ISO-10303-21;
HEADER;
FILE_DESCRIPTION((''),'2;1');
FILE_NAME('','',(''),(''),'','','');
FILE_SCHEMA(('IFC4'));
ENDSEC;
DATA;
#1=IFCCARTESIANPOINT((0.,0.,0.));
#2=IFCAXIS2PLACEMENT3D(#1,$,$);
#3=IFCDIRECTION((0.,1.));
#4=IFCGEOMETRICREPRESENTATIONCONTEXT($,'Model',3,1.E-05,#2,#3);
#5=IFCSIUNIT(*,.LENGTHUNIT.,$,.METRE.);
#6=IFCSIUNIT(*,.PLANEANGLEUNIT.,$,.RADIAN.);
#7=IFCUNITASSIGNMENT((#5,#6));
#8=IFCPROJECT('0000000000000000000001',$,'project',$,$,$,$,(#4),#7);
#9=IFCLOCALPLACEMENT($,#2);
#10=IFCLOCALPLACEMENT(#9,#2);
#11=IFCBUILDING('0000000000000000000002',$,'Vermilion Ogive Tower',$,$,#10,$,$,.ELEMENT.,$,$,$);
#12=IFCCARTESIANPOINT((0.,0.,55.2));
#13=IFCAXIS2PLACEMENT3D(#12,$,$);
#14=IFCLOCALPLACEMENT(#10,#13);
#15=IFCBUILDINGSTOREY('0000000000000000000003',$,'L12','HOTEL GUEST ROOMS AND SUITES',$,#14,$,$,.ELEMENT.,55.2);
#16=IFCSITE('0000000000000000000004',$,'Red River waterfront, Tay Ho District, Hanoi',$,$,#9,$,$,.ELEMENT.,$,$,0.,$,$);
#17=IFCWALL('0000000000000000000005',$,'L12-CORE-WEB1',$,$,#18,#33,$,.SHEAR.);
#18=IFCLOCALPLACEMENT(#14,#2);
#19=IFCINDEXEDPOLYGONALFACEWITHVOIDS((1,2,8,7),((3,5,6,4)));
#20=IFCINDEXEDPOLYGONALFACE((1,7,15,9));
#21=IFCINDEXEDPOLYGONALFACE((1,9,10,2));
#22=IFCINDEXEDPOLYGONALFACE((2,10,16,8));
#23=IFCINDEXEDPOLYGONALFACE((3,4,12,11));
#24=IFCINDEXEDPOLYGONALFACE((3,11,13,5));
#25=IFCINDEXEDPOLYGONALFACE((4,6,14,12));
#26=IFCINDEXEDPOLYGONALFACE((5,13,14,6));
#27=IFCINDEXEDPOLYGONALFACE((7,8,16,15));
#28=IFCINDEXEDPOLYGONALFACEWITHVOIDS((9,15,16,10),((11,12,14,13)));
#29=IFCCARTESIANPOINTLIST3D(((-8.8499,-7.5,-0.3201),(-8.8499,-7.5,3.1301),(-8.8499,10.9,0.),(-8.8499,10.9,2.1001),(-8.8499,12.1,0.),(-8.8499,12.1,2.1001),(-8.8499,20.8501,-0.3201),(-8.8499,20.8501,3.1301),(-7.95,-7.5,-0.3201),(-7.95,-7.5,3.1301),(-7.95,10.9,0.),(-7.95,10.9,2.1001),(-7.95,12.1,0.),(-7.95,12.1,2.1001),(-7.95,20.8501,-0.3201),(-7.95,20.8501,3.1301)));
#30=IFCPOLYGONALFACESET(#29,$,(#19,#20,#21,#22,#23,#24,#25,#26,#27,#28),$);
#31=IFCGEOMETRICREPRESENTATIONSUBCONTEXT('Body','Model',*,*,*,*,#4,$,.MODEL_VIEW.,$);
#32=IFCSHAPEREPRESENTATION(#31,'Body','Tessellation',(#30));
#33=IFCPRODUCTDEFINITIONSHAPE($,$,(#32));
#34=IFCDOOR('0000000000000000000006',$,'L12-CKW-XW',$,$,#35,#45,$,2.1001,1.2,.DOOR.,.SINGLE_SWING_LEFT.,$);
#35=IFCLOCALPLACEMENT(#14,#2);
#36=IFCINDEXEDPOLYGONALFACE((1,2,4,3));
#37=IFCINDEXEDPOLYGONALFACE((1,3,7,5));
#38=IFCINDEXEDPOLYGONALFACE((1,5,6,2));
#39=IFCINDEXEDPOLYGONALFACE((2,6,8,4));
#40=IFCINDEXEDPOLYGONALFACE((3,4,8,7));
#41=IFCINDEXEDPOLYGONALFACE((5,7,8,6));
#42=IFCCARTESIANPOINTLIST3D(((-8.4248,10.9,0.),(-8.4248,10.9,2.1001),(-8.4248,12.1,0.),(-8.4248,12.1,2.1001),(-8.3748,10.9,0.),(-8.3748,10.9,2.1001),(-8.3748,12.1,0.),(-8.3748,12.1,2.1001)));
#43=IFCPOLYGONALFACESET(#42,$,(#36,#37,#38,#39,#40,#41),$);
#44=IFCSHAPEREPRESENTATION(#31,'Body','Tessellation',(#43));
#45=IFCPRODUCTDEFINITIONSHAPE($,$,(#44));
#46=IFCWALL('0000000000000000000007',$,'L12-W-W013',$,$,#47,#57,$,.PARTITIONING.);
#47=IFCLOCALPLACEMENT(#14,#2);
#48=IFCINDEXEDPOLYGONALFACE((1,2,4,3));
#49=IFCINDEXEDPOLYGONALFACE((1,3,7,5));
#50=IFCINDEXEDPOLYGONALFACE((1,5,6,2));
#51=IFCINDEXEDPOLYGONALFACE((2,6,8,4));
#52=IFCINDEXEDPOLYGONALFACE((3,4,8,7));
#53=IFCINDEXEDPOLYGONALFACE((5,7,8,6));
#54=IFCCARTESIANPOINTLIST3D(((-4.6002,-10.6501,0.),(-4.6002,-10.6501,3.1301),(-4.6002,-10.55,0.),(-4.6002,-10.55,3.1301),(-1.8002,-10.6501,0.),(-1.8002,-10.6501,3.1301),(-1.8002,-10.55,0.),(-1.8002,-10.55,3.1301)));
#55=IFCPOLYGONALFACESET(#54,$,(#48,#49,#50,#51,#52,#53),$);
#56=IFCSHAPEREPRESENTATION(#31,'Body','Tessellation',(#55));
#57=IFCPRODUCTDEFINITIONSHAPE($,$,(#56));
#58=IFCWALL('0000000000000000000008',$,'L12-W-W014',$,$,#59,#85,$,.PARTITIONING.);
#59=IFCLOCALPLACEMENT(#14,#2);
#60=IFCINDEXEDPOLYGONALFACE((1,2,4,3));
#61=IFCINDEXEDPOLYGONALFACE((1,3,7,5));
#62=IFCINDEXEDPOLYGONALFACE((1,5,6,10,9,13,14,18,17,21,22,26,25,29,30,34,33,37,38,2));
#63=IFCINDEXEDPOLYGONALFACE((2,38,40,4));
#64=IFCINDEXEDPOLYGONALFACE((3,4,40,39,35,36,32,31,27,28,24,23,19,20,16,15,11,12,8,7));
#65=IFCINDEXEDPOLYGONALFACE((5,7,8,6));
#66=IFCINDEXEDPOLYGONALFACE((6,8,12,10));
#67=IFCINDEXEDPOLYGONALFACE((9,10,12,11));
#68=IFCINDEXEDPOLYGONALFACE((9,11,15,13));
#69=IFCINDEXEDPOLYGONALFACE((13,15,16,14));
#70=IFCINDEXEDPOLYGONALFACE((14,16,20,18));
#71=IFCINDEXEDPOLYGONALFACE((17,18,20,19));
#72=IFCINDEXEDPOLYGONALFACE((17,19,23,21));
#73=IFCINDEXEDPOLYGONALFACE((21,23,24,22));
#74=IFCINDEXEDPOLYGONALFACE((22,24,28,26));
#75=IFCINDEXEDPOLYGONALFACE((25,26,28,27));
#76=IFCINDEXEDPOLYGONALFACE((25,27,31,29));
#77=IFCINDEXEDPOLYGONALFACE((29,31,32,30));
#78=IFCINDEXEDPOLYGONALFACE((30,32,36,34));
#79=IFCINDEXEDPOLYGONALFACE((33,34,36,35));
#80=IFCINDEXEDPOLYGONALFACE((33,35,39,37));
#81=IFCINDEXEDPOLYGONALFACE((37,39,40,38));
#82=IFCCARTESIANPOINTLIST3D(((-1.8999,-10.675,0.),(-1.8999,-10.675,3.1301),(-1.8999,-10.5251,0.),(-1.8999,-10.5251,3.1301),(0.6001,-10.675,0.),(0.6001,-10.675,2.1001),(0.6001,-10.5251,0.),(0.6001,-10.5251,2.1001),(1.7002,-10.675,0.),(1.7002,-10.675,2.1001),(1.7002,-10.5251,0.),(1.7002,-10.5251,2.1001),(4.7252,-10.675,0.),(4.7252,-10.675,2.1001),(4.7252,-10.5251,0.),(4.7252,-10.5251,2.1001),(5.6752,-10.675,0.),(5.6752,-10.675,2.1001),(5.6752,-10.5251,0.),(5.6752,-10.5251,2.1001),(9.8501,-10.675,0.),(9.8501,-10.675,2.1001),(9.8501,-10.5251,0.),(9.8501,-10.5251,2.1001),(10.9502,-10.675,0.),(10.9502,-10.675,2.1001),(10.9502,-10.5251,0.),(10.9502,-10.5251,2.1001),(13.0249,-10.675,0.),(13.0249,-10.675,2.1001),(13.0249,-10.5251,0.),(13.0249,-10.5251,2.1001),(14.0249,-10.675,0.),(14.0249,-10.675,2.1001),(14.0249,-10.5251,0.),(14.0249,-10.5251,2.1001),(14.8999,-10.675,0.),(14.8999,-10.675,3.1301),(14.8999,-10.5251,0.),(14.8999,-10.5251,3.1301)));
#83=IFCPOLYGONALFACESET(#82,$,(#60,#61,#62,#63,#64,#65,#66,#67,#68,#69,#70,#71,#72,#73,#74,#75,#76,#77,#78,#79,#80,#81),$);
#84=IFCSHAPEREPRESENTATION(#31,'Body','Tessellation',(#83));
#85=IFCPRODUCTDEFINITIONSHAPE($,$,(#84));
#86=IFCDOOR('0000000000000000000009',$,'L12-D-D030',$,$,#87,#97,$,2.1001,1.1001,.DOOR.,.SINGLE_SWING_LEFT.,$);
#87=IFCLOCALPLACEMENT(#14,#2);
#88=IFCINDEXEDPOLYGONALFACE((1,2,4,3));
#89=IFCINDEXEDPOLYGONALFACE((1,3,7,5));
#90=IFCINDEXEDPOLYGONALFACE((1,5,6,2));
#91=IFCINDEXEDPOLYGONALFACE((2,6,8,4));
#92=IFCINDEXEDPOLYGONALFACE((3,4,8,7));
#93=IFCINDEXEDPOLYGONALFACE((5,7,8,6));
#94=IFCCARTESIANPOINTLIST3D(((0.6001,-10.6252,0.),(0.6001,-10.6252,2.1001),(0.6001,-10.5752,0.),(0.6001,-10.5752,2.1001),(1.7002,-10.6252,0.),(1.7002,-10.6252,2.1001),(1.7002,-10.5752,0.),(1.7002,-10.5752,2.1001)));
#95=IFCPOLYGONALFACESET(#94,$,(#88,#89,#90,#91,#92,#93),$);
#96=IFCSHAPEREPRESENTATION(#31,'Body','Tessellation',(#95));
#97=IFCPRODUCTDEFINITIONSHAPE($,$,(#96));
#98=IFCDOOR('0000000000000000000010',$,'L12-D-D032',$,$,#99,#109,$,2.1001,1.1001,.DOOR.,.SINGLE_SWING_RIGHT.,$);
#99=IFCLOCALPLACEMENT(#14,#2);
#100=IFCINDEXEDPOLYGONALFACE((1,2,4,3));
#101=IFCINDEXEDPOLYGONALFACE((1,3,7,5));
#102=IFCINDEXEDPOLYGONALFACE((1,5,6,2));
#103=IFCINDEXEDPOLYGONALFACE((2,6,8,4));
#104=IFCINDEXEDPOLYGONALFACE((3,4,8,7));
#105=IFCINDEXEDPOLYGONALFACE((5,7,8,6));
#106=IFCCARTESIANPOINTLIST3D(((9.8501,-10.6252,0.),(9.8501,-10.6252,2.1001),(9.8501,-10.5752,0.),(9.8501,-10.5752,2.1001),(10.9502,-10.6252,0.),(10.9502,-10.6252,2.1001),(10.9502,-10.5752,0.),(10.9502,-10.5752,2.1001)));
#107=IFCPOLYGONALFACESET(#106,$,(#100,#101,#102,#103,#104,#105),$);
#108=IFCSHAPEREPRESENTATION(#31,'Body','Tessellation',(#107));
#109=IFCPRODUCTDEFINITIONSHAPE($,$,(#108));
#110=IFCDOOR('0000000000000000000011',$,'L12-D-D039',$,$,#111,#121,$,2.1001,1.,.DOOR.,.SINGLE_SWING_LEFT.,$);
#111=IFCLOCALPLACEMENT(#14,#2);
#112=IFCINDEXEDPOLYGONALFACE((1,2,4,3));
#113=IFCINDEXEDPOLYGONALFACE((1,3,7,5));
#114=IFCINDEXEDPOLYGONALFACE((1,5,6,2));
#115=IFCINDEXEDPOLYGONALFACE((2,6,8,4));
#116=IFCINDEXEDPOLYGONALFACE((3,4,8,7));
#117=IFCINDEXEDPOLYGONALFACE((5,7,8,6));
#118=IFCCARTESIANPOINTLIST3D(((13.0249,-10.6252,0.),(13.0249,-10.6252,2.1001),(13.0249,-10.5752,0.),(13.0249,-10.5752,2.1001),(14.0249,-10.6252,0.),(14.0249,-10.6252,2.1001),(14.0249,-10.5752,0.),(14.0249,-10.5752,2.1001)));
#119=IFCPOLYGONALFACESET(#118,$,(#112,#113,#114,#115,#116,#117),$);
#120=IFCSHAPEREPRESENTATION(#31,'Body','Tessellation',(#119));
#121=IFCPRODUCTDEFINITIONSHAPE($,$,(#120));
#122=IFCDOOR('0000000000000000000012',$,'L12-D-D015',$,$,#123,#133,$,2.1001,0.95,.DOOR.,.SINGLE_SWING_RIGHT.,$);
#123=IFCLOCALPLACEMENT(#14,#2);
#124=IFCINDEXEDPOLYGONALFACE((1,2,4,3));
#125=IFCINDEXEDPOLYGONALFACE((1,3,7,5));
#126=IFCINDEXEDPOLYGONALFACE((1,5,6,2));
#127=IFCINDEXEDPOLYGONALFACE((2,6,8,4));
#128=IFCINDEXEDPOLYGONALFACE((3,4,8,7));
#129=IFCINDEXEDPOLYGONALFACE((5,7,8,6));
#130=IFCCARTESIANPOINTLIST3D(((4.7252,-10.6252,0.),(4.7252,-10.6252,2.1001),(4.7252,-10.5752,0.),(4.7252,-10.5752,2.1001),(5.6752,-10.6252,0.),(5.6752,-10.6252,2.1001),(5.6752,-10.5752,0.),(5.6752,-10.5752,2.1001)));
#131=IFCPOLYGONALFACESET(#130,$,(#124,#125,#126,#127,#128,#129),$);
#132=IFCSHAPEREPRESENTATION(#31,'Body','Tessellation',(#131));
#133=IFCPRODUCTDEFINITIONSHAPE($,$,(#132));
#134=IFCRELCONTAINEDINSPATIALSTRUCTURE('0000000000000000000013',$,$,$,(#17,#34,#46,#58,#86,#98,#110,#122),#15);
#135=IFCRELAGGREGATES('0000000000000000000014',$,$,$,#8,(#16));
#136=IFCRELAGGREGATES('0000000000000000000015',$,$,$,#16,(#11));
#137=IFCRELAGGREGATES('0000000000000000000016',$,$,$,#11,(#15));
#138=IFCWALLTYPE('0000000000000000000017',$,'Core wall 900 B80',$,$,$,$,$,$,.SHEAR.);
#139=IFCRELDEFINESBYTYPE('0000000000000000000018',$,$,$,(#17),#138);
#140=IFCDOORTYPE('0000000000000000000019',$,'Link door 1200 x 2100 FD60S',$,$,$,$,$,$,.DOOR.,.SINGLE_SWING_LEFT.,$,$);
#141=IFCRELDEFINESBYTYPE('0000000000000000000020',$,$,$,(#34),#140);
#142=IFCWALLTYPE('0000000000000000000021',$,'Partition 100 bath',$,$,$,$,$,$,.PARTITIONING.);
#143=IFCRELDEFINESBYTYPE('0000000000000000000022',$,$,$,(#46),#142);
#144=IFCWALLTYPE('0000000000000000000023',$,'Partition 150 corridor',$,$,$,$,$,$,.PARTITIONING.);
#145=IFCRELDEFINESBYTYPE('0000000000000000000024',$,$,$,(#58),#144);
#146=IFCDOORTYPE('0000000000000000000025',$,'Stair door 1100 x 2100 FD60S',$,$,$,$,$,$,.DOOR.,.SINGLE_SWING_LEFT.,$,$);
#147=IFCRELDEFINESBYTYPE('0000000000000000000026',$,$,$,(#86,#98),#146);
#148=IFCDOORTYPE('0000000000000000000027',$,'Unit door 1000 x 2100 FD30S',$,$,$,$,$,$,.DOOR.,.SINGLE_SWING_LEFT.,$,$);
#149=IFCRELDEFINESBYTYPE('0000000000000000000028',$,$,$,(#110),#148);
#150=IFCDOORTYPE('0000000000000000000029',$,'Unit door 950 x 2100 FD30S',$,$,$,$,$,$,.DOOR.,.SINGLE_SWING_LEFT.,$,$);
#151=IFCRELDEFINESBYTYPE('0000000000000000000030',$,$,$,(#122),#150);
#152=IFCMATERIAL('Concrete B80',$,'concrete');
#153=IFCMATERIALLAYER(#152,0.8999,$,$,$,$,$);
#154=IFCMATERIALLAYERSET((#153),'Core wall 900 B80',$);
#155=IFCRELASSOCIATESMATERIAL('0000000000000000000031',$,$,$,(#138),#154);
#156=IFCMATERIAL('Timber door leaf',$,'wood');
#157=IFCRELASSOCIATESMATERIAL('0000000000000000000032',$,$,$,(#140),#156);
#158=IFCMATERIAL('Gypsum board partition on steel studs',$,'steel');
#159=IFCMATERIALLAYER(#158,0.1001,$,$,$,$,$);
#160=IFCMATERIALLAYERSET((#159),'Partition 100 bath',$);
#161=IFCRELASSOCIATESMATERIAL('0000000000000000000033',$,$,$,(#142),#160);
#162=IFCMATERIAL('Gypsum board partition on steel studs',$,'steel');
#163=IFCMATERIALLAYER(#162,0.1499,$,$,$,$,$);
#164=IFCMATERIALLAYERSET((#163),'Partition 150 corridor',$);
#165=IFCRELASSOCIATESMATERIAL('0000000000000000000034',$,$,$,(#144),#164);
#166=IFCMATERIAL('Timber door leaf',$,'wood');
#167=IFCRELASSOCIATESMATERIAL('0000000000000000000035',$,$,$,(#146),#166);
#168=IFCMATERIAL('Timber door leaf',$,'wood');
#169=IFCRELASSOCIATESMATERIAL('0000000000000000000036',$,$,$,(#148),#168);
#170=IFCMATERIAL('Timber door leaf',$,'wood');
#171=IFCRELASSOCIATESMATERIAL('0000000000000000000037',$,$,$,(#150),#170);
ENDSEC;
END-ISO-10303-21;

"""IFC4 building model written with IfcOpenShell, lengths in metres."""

from ifc_helpers import new_model, si_unit, direction, frame, frame_2d, origin, place, context, subcontext, project, spatial, rectangle, extrude, material, layer, layer_set, type_object, element, fill, save


model = new_model("IFC4")

# Units and contexts
model_context = context("Model", 3, precision=1e-05, world=origin(), true_north=direction((0.0, 1.0)))
body_context = subcontext(model_context, "Body", "Model", "MODEL_VIEW")
ifc_project = project(units=[si_unit("LENGTHUNIT", "METRE"), si_unit("PLANEANGLEUNIT", "RADIAN")], contexts=[model_context])

# Site, building, storey
site_placement = place(None, origin())
site = spatial("IfcSite", under=ifc_project, at=site_placement, Name="Red River waterfront, Tay Ho District, Hanoi", CompositionType="ELEMENT", RefElevation=0.0)
building_placement = place(site_placement, origin())
building = spatial("IfcBuilding", under=site, at=building_placement, Name="Vermilion Ogive Tower", CompositionType="ELEMENT")
storey_placement = place(building_placement, frame((0.0, 0.0, 55.2)))
storey = spatial("IfcBuildingStorey", under=building, at=storey_placement, Name="L12", Description="HOTEL GUEST ROOMS AND SUITES", CompositionType="ELEMENT", Elevation=55.2)

# Wall, opening, door
ifc_material_1 = material(Name="Concrete B80", Category="concrete")
ifc_layer_1 = layer(ifc_material_1, 0.8999)
ifc_layer_set_1 = layer_set([ifc_layer_1], Name="Core wall 900 B80")
wall_type_1 = type_object("IfcWallType", Name="Core wall 900 B80", PredefinedType="SHEAR", material=ifc_layer_set_1)
wall_1_placement = place(storey_placement, frame((-8.3999, -7.5, -0.3201), z_axis=(0.0, 0.0, 1.0), x_axis=(0.0, 1.0, 0.0)))
wall_1 = element("IfcWall", 1, at=wall_1_placement, inside=storey, type_object=wall_type_1, Name="L12-CORE-WEB1", PredefinedType="SHEAR", context=body_context, shape_type="SweptSolid", body=[
    extrude(rectangle(XDim=28.3501, YDim=0.8999, at=frame_2d((14.175, 0.0))), origin(), (0.0, 0.0, 1.0), 3.4502),
])
opening_1_placement = place(wall_1_placement, frame((18.3999, 0.0, 0.3201)))
opening_1 = element("IfcOpeningElement", 2, at=opening_1_placement, cuts=wall_1, PredefinedType="OPENING", context=body_context, shape_type="SweptSolid", body=[
    extrude(rectangle(XDim=1.2, YDim=2.1001, at=frame_2d((0.6001, 1.05))), frame((0.0, 0.46, 0.0), z_axis=(0.0, -1.0, 0.0), x_axis=(1.0, 0.0, 0.0)), (0.0, 0.0, 1.0), 0.9199),
])
ifc_material_2 = material(Name="Timber door leaf", Category="wood")
door_type_1 = type_object("IfcDoorType", Name="Link door 1200 x 2100 FD60S", OperationType="SINGLE_SWING_LEFT", PredefinedType="DOOR", material=ifc_material_2)
door_1_placement = place(opening_1_placement, origin())
door_1 = element("IfcDoor", 3, at=door_1_placement, inside=storey, type_object=door_type_1, Name="L12-CKW-XW", OperationType="SINGLE_SWING_LEFT", OverallHeight=2.1001, OverallWidth=1.2, PredefinedType="DOOR", context=body_context, shape_type="SweptSolid", body=[
    extrude(rectangle(XDim=1.2, YDim=2.1001, at=frame_2d((0.6001, 1.05))), frame((0.0, 0.0249, 0.0), z_axis=(0.0, -1.0, 0.0), x_axis=(1.0, 0.0, 0.0)), (0.0, 0.0, 1.0), 0.05),
])
fill(opening_1, door_1)

# Wall
ifc_material_3 = material(Name="Gypsum board partition on steel studs", Category="steel")
ifc_layer_2 = layer(ifc_material_3, 0.1001)
ifc_layer_set_2 = layer_set([ifc_layer_2], Name="Partition 100 bath")
wall_type_2 = type_object("IfcWallType", Name="Partition 100 bath", PredefinedType="PARTITIONING", material=ifc_layer_set_2)
wall_2_placement = place(storey_placement, frame((-4.6001, -10.6001, 0.0), z_axis=(0.0, 0.0, 1.0), x_axis=(1.0, 0.0, 0.0)))
element("IfcWall", 4, at=wall_2_placement, inside=storey, type_object=wall_type_2, Name="L12-W-W013", PredefinedType="PARTITIONING", context=body_context, shape_type="SweptSolid", body=[
    extrude(rectangle(XDim=2.8, YDim=0.1001, at=frame_2d((1.3999, 0.0))), origin(), (0.0, 0.0, 1.0), 3.1301),
])

# Wall, openings, doors
ifc_material_4 = material(Name="Gypsum board partition on steel studs", Category="steel")
ifc_layer_3 = layer(ifc_material_4, 0.1499)
ifc_layer_set_3 = layer_set([ifc_layer_3], Name="Partition 150 corridor")
wall_type_3 = type_object("IfcWallType", Name="Partition 150 corridor", PredefinedType="PARTITIONING", material=ifc_layer_set_3)
wall_3_placement = place(storey_placement, frame((-1.8999, -10.6001, 0.0), z_axis=(0.0, 0.0, 1.0), x_axis=(1.0, 0.0, 0.0)))
wall_3 = element("IfcWall", 5, at=wall_3_placement, inside=storey, type_object=wall_type_3, Name="L12-W-W014", PredefinedType="PARTITIONING", context=body_context, shape_type="SweptSolid", body=[
    extrude(rectangle(XDim=16.7998, YDim=0.1499, at=frame_2d((8.3999, 0.0))), origin(), (0.0, 0.0, 1.0), 3.1301),
])
opening_2_placement = place(wall_3_placement, frame((6.625, 0.0, 0.0)))
opening_2 = element("IfcOpeningElement", 6, at=opening_2_placement, cuts=wall_3, PredefinedType="OPENING", context=body_context, shape_type="SweptSolid", body=[
    extrude(rectangle(XDim=0.95, YDim=2.1001, at=frame_2d((0.4751, 1.05))), frame((0.0, 0.085, 0.0), z_axis=(0.0, -1.0, 0.0), x_axis=(1.0, 0.0, 0.0)), (0.0, 0.0, 1.0), 0.1699),
])
opening_3_placement = place(wall_3_placement, frame((2.5, 0.0, 0.0)))
opening_3 = element("IfcOpeningElement", 7, at=opening_3_placement, cuts=wall_3, PredefinedType="OPENING", context=body_context, shape_type="SweptSolid", body=[
    extrude(rectangle(XDim=1.1001, YDim=2.1001, at=frame_2d((0.55, 1.05))), frame((0.0, 0.085, 0.0), z_axis=(0.0, -1.0, 0.0), x_axis=(1.0, 0.0, 0.0)), (0.0, 0.0, 1.0), 0.1699),
])
opening_4_placement = place(wall_3_placement, frame((11.75, 0.0, 0.0)))
opening_4 = element("IfcOpeningElement", 8, at=opening_4_placement, cuts=wall_3, PredefinedType="OPENING", context=body_context, shape_type="SweptSolid", body=[
    extrude(rectangle(XDim=1.1001, YDim=2.1001, at=frame_2d((0.55, 1.05))), frame((0.0, 0.085, 0.0), z_axis=(0.0, -1.0, 0.0), x_axis=(1.0, 0.0, 0.0)), (0.0, 0.0, 1.0), 0.1699),
])
opening_5_placement = place(wall_3_placement, frame((14.9248, 0.0, 0.0)))
opening_5 = element("IfcOpeningElement", 9, at=opening_5_placement, cuts=wall_3, PredefinedType="OPENING", context=body_context, shape_type="SweptSolid", body=[
    extrude(rectangle(XDim=1.0, YDim=2.1001, at=frame_2d((0.5, 1.05))), frame((0.0, 0.085, 0.0), z_axis=(0.0, -1.0, 0.0), x_axis=(1.0, 0.0, 0.0)), (0.0, 0.0, 1.0), 0.1699),
])
ifc_material_5 = material(Name="Timber door leaf", Category="wood")
door_type_2 = type_object("IfcDoorType", Name="Stair door 1100 x 2100 FD60S", OperationType="SINGLE_SWING_LEFT", PredefinedType="DOOR", material=ifc_material_5)
door_2_placement = place(opening_3_placement, origin())
door_2 = element("IfcDoor", 10, at=door_2_placement, inside=storey, type_object=door_type_2, Name="L12-D-D030", OperationType="SINGLE_SWING_LEFT", OverallHeight=2.1001, OverallWidth=1.1001, PredefinedType="DOOR", context=body_context, shape_type="SweptSolid", body=[
    extrude(rectangle(XDim=1.1001, YDim=2.1001, at=frame_2d((0.55, 1.05))), frame((0.0, 0.0249, 0.0), z_axis=(0.0, -1.0, 0.0), x_axis=(1.0, 0.0, 0.0)), (0.0, 0.0, 1.0), 0.05),
])
fill(opening_3, door_2)
door_3_placement = place(opening_4_placement, origin())
door_3 = element("IfcDoor", 11, at=door_3_placement, inside=storey, type_object=door_type_2, Name="L12-D-D032", OperationType="SINGLE_SWING_RIGHT", OverallHeight=2.1001, OverallWidth=1.1001, PredefinedType="DOOR", context=body_context, shape_type="SweptSolid", body=[
    extrude(rectangle(XDim=1.1001, YDim=2.1001, at=frame_2d((0.55, 1.05))), frame((0.0, 0.0249, 0.0), z_axis=(0.0, -1.0, 0.0), x_axis=(1.0, 0.0, 0.0)), (0.0, 0.0, 1.0), 0.05),
])
fill(opening_4, door_3)
ifc_material_6 = material(Name="Timber door leaf", Category="wood")
door_type_3 = type_object("IfcDoorType", Name="Unit door 1000 x 2100 FD30S", OperationType="SINGLE_SWING_LEFT", PredefinedType="DOOR", material=ifc_material_6)
door_4_placement = place(opening_5_placement, origin())
door_4 = element("IfcDoor", 12, at=door_4_placement, inside=storey, type_object=door_type_3, Name="L12-D-D039", OperationType="SINGLE_SWING_LEFT", OverallHeight=2.1001, OverallWidth=1.0, PredefinedType="DOOR", context=body_context, shape_type="SweptSolid", body=[
    extrude(rectangle(XDim=1.0, YDim=2.1001, at=frame_2d((0.5, 1.05))), frame((0.0, 0.0249, 0.0), z_axis=(0.0, -1.0, 0.0), x_axis=(1.0, 0.0, 0.0)), (0.0, 0.0, 1.0), 0.05),
])
fill(opening_5, door_4)
ifc_material_7 = material(Name="Timber door leaf", Category="wood")
door_type_4 = type_object("IfcDoorType", Name="Unit door 950 x 2100 FD30S", OperationType="SINGLE_SWING_LEFT", PredefinedType="DOOR", material=ifc_material_7)
door_5_placement = place(opening_2_placement, origin())
door_5 = element("IfcDoor", 13, at=door_5_placement, inside=storey, type_object=door_type_4, Name="L12-D-D015", OperationType="SINGLE_SWING_RIGHT", OverallHeight=2.1001, OverallWidth=0.95, PredefinedType="DOOR", context=body_context, shape_type="SweptSolid", body=[
    extrude(rectangle(XDim=0.95, YDim=2.1001, at=frame_2d((0.4751, 1.05))), frame((0.0, 0.0249, 0.0), z_axis=(0.0, -1.0, 0.0), x_axis=(1.0, 0.0, 0.0)), (0.0, 0.0, 1.0), 0.05),
])
fill(opening_2, door_5)

save(model, "model.ifc")
